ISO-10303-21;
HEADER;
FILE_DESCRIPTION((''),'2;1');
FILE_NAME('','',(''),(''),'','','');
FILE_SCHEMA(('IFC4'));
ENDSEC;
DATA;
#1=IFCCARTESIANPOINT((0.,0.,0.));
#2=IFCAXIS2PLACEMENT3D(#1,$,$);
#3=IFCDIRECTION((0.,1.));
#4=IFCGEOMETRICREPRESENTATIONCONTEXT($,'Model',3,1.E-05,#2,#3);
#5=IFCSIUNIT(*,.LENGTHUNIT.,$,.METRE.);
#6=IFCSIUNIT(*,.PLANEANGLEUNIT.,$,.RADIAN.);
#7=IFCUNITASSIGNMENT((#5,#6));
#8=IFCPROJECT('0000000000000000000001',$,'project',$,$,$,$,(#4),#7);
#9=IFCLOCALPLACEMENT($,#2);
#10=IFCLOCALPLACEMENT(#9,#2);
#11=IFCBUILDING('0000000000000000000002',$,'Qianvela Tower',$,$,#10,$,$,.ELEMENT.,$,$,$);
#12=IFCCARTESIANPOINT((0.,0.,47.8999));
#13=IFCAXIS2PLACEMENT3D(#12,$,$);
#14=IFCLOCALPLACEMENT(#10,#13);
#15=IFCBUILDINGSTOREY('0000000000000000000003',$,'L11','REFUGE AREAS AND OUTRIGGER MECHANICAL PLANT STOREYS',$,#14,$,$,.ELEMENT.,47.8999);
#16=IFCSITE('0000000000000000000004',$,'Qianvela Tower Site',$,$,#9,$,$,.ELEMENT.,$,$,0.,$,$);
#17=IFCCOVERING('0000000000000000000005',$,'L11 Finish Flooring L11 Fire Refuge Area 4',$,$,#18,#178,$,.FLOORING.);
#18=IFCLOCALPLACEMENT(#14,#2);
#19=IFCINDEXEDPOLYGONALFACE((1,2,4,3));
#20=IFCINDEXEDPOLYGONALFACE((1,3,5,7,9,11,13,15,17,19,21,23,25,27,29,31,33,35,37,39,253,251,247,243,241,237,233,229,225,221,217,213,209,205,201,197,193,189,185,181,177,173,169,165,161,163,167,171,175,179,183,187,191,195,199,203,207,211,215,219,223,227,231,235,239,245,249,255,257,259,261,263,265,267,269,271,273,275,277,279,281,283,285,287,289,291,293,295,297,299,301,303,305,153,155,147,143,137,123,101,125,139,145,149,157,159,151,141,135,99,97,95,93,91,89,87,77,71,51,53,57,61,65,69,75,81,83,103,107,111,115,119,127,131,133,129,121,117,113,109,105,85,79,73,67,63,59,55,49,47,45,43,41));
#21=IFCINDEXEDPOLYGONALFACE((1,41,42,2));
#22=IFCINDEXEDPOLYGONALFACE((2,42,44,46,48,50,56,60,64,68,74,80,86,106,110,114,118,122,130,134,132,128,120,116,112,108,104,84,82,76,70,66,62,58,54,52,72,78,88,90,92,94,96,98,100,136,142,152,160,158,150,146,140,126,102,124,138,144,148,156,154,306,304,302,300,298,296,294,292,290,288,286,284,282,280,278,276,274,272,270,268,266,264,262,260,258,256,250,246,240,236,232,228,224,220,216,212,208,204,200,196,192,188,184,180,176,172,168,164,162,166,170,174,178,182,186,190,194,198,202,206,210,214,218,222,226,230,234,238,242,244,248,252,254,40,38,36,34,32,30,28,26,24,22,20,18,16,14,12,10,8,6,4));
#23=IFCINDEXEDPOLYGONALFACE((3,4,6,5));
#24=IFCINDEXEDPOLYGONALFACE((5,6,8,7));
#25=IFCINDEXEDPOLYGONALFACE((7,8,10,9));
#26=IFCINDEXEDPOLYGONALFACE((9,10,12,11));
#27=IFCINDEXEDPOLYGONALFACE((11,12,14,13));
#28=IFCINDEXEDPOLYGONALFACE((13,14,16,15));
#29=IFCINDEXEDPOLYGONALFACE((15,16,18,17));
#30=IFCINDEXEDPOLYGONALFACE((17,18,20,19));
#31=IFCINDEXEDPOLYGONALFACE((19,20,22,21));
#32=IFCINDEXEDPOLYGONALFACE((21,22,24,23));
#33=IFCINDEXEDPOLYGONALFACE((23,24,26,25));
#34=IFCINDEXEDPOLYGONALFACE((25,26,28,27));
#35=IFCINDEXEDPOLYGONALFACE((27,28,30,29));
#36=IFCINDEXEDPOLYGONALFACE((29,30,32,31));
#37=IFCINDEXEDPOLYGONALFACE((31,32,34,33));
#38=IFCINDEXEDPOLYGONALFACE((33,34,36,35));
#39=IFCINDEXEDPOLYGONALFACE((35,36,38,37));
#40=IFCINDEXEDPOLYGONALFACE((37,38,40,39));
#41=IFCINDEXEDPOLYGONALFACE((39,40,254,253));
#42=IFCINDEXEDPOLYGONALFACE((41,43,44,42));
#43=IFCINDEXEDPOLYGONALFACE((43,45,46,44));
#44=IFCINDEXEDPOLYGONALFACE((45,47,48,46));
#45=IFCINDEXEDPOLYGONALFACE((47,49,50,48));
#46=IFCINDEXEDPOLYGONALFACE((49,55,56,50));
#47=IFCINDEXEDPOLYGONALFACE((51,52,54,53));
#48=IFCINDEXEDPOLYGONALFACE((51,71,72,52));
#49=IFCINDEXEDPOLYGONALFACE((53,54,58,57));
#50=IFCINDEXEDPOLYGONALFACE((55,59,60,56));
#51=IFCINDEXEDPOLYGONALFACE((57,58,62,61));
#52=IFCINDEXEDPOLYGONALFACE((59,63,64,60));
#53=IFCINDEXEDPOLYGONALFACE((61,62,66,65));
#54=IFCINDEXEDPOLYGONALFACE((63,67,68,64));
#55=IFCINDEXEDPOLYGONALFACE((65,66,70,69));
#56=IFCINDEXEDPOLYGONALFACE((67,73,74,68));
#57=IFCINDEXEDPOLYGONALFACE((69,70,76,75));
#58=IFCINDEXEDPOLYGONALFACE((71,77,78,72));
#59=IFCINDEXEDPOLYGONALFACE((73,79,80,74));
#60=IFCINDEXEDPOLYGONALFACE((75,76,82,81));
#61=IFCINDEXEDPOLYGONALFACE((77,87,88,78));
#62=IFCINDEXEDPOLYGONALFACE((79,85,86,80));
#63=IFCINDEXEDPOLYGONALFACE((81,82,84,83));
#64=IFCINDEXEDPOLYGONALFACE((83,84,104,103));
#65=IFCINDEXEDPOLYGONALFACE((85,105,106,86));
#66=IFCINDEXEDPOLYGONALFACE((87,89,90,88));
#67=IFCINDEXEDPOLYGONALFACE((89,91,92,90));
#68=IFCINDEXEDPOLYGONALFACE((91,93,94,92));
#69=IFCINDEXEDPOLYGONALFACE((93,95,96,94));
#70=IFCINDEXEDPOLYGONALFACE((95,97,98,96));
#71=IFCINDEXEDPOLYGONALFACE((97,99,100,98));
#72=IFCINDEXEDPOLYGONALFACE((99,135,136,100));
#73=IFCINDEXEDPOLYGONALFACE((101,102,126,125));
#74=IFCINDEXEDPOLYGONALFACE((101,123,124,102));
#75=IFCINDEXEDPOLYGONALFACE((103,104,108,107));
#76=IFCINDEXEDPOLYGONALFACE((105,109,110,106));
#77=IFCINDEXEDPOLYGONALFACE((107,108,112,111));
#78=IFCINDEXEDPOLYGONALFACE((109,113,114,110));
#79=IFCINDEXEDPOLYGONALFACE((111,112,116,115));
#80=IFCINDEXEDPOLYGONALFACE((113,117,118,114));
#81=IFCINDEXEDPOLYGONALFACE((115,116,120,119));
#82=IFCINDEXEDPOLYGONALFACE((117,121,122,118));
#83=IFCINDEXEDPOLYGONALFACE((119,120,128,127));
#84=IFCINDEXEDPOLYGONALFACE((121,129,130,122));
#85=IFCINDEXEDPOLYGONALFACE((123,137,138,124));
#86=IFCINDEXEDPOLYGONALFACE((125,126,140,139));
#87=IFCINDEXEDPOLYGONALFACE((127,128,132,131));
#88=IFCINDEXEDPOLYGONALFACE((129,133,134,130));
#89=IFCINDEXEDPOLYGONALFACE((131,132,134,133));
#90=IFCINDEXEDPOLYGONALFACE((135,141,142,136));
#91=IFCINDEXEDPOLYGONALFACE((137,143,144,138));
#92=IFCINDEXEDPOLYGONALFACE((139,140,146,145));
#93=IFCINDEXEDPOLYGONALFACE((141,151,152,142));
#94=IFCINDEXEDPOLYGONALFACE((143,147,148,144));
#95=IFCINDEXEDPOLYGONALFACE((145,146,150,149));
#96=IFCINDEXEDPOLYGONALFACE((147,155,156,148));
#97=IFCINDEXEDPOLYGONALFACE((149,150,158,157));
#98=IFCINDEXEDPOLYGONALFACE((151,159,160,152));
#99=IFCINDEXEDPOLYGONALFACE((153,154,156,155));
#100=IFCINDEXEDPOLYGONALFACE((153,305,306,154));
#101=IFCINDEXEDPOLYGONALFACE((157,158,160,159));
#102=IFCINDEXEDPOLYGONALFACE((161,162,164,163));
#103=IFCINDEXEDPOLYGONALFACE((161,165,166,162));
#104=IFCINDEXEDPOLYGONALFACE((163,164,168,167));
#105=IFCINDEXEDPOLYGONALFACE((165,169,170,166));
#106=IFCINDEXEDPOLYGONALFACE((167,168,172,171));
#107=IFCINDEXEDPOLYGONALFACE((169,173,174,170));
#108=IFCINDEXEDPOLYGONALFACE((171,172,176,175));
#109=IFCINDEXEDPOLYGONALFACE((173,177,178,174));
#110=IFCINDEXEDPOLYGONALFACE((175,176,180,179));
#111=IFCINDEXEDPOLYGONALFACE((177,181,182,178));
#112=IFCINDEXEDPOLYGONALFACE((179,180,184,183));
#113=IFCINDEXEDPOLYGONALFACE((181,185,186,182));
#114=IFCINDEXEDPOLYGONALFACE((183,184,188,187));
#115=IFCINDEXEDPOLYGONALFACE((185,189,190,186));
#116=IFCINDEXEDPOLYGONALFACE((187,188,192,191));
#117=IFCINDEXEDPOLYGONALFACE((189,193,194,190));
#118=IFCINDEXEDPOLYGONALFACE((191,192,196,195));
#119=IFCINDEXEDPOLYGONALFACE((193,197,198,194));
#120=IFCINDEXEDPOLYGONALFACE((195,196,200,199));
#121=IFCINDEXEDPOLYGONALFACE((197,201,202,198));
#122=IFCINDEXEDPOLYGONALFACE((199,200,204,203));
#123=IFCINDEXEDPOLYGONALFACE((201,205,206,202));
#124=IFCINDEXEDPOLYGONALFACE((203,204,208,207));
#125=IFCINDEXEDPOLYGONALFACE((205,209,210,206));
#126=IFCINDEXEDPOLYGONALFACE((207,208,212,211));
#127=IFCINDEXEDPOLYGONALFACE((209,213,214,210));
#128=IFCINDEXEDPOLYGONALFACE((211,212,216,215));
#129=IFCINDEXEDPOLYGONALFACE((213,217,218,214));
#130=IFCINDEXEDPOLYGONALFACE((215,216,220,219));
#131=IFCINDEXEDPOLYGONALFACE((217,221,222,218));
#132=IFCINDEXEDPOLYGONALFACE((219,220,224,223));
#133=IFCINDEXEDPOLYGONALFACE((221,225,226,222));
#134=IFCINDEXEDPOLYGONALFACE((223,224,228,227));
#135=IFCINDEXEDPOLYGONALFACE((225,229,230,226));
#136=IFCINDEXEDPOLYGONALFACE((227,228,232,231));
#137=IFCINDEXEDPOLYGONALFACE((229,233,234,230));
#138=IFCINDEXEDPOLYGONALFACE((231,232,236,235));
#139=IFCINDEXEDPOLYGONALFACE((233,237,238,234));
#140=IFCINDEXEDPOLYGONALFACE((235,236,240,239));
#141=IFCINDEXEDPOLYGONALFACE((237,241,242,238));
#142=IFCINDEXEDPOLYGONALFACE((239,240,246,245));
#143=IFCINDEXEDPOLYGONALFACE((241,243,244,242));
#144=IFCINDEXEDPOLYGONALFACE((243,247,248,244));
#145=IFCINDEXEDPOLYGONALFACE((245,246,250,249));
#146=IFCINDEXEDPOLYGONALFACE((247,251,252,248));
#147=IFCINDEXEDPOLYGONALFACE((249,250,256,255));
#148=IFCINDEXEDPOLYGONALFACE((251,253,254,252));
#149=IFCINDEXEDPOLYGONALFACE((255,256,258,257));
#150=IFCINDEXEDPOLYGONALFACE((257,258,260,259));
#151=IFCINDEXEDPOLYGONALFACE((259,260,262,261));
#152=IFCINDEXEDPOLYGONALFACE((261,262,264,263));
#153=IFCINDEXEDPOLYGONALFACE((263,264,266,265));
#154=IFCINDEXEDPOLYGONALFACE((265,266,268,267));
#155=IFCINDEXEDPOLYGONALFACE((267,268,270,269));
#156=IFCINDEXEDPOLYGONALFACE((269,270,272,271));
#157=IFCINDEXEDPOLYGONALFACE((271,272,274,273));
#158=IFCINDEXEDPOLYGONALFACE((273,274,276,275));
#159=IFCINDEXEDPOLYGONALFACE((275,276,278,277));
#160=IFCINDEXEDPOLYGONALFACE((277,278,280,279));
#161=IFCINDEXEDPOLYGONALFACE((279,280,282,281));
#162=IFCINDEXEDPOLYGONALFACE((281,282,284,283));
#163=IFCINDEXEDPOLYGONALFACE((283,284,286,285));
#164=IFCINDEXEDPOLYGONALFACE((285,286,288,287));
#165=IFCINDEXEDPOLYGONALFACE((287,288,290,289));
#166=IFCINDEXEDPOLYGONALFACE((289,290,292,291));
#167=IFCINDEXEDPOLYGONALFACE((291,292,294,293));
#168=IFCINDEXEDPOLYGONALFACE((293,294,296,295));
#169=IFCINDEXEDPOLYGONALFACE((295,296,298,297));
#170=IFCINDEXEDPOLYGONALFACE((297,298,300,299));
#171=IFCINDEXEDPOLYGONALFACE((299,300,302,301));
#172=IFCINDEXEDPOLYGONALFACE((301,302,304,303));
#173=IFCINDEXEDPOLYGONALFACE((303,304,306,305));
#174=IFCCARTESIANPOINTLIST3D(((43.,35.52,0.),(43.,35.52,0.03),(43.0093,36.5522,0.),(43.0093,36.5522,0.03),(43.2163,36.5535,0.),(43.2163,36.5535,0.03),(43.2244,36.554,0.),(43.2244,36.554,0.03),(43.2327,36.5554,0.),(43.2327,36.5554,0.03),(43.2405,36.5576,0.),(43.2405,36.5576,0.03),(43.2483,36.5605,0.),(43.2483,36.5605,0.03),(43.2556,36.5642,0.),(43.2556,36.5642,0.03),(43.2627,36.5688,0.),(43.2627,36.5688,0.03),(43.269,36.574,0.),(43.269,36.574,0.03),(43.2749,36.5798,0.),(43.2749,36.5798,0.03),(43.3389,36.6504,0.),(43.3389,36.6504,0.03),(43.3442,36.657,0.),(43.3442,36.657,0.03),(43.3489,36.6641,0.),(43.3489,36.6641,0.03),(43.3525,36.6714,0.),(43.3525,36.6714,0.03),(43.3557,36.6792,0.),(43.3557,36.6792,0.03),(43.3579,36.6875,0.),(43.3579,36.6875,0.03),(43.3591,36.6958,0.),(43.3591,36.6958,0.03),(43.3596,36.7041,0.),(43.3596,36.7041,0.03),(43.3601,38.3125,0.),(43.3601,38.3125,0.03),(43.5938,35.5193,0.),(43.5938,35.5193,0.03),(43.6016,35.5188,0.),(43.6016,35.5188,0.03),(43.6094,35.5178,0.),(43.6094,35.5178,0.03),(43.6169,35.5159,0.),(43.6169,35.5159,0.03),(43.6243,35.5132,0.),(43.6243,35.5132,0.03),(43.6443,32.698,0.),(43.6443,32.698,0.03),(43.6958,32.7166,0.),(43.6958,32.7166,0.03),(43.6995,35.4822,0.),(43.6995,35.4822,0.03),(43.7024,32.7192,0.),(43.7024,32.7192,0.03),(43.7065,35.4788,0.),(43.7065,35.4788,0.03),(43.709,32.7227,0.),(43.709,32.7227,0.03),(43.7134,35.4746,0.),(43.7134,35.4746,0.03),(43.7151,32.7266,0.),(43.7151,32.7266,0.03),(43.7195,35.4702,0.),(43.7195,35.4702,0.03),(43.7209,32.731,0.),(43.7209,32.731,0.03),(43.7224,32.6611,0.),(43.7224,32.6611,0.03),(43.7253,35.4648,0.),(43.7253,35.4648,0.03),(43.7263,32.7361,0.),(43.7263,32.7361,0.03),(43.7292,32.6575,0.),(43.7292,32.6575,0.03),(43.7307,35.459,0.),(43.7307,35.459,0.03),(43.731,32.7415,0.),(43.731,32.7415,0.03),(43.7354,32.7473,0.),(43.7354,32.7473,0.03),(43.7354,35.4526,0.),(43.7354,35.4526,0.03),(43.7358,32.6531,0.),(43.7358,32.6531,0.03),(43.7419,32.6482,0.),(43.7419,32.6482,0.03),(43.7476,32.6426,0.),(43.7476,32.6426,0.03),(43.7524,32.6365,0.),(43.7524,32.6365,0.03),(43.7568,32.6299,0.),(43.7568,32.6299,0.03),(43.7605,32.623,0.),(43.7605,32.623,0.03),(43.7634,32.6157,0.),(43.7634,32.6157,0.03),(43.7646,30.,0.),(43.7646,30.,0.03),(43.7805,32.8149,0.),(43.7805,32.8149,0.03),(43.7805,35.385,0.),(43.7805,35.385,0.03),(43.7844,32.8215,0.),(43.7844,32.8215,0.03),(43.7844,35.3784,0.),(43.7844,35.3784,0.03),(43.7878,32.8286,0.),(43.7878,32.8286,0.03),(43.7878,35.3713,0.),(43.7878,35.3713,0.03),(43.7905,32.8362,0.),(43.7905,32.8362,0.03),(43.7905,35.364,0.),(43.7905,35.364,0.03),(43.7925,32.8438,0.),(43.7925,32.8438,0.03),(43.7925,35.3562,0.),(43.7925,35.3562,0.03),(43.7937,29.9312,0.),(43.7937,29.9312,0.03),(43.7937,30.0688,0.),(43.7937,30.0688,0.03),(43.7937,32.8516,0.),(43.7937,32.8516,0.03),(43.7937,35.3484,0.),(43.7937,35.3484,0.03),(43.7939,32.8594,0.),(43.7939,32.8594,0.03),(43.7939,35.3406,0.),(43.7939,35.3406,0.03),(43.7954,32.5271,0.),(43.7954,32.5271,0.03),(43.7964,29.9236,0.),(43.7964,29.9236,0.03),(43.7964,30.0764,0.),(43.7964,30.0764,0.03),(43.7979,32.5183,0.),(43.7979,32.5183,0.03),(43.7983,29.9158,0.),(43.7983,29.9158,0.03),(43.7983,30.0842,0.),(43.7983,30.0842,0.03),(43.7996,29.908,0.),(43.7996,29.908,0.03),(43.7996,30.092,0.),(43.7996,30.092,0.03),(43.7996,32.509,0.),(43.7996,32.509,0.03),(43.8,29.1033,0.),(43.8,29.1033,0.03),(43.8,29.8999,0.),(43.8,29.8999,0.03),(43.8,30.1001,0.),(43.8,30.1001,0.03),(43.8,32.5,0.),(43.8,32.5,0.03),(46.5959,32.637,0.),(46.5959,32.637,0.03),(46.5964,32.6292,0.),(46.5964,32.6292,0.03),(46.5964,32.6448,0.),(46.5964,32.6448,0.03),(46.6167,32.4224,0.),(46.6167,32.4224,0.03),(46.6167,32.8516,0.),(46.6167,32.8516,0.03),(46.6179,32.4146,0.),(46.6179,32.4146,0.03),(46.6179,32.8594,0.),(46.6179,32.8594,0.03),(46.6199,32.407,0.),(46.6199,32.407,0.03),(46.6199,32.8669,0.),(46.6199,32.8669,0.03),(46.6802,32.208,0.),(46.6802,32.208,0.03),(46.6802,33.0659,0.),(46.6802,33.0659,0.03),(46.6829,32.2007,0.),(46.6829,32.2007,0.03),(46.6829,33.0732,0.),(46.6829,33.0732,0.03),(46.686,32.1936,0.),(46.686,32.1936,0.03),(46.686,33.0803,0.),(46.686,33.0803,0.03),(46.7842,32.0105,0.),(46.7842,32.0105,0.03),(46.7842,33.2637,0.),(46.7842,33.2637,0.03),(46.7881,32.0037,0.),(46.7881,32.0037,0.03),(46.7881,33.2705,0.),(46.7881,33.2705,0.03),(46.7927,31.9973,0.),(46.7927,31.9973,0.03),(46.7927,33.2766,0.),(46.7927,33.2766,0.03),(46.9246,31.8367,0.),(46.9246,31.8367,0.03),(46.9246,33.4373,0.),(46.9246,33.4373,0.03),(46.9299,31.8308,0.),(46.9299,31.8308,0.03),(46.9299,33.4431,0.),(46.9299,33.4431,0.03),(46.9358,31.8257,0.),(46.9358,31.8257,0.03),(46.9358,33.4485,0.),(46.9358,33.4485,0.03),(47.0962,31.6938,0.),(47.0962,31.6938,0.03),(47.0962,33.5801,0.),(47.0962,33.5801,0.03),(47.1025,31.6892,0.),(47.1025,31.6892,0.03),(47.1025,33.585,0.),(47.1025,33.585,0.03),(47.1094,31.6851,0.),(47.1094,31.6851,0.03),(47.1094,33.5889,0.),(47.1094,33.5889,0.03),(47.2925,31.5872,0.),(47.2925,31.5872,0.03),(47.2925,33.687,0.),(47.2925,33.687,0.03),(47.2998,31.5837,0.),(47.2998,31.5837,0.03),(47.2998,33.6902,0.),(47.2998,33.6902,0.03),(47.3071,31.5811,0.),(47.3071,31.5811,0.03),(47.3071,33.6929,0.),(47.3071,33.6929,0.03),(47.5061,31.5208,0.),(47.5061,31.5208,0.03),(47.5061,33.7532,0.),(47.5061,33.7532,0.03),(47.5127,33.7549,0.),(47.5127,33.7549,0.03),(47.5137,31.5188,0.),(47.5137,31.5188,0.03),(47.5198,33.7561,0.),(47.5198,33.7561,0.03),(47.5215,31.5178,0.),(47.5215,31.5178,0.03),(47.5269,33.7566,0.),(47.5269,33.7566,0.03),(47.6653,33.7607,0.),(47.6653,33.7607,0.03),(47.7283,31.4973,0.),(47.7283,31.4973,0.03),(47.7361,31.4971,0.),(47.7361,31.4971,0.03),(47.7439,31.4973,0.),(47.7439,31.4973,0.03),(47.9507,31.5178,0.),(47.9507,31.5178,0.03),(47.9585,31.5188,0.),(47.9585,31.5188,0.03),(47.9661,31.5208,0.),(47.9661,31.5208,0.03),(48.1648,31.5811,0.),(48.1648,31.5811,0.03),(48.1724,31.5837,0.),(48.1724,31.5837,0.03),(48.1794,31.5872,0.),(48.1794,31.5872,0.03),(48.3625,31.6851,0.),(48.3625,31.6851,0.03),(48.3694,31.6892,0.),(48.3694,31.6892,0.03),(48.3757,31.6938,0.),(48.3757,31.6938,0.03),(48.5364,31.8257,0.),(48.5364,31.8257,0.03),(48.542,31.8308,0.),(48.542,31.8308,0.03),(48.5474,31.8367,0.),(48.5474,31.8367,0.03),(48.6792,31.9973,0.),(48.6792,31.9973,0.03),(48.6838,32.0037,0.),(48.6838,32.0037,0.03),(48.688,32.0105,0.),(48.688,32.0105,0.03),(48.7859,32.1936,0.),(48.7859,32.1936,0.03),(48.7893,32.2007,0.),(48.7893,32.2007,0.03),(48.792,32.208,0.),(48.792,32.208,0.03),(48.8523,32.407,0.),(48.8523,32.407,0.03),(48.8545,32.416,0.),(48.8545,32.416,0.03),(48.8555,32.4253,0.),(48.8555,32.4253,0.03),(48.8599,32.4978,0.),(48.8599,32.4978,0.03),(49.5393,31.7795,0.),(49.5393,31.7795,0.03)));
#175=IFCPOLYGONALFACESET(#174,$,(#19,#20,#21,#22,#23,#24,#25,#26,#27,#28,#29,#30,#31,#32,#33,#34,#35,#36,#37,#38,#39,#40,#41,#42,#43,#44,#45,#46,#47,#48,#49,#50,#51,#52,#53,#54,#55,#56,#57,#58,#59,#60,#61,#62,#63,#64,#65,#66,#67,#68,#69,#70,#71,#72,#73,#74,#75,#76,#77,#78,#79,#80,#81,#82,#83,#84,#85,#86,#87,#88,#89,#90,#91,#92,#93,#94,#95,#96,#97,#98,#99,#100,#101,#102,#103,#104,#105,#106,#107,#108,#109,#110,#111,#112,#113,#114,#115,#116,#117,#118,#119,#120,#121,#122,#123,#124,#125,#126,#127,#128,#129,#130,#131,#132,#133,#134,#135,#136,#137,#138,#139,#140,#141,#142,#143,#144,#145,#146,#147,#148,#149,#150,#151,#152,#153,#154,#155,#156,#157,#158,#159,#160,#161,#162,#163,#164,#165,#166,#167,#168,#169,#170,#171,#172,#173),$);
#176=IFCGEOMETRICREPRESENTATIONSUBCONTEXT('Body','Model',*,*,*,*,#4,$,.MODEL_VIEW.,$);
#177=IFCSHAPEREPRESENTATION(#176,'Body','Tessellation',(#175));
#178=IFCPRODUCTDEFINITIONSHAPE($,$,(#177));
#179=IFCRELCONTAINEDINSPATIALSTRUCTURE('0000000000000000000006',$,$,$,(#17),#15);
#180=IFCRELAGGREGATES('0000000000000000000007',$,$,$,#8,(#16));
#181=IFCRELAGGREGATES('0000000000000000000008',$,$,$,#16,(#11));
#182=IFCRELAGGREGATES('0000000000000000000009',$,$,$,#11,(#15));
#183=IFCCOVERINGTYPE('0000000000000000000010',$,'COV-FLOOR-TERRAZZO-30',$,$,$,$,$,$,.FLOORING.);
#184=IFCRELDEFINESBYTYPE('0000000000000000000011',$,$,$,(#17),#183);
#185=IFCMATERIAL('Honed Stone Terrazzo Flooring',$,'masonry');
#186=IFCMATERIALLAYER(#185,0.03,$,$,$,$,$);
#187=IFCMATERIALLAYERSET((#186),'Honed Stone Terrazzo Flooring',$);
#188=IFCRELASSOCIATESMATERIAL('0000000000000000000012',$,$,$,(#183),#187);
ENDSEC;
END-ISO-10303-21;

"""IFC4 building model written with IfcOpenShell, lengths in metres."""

from ifc_helpers import new_model, si_unit, direction, frame, origin, place, context, subcontext, project, spatial, polyline, outline, extrude, material, layer, layer_set, type_object, element, save


model = new_model("IFC4")

# Units and contexts
model_context = context("Model", 3, precision=1e-05, world=origin(), true_north=direction((0.0, 1.0)))
body_context = subcontext(model_context, "Body", "Model", "MODEL_VIEW")
ifc_project = project(units=[si_unit("LENGTHUNIT", "METRE"), si_unit("PLANEANGLEUNIT", "RADIAN")], contexts=[model_context])

# Site, building, storey
site_placement = place(None, origin())
site = spatial("IfcSite", under=ifc_project, at=site_placement, Name="Qianvela Tower Site", CompositionType="ELEMENT", RefElevation=0.0)
building_placement = place(site_placement, origin())
building = spatial("IfcBuilding", under=site, at=building_placement, Name="Qianvela Tower", CompositionType="ELEMENT")
storey_placement = place(building_placement, frame((0.0, 0.0, 47.8999)))
storey = spatial("IfcBuildingStorey", under=building, at=storey_placement, Name="L11", Description="REFUGE AREAS AND OUTRIGGER MECHANICAL PLANT STOREYS", CompositionType="ELEMENT", Elevation=47.8999)

# Covering
ifc_material_1 = material(Name="Honed Stone Terrazzo Flooring", Category="masonry")
ifc_layer_1 = layer(ifc_material_1, 0.03)
ifc_layer_set_1 = layer_set([ifc_layer_1], Name="Honed Stone Terrazzo Flooring")
covering_type_1 = type_object("IfcCoveringType", Name="COV-FLOOR-TERRAZZO-30", PredefinedType="FLOORING", material=ifc_layer_set_1)
covering_1_placement = place(storey_placement, origin())
element("IfcCovering", 1, at=covering_1_placement, inside=storey, type_object=covering_type_1, Name="L11 Finish Flooring L11 Fire Refuge Area 4", PredefinedType="FLOORING", context=body_context, shape_type="SweptSolid", body=[
    extrude(outline(polyline([(43.6443, 32.698), (43.6958, 32.7166), (43.7024, 32.7192), (43.709, 32.7227), (43.7151, 32.7266), (43.7209, 32.731), (43.7263, 32.7361), (43.731, 32.7415), (43.7354, 32.7473), (43.7805, 32.8149), (43.7844, 32.8215), (43.7878, 32.8286), (43.7905, 32.8362), (43.7925, 32.8438), (43.7937, 32.8516), (43.7939, 32.8594), (43.7939, 35.3406), (43.7937, 35.3484), (43.7925, 35.3562), (43.7905, 35.364), (43.7878, 35.3713), (43.7844, 35.3784), (43.7805, 35.385), (43.7354, 35.4526), (43.7307, 35.459), (43.7253, 35.4648), (43.7195, 35.4702), (43.7134, 35.4746), (43.7065, 35.4788), (43.6995, 35.4822), (43.6243, 35.5132), (43.6169, 35.5159), (43.6094, 35.5178), (43.6016, 35.5188), (43.5938, 35.5193), (43.0, 35.52), (43.0093, 36.5522), (43.2163, 36.5535), (43.2244, 36.554), (43.2327, 36.5554), (43.2405, 36.5576), (43.2483, 36.5605), (43.2556, 36.5642), (43.2627, 36.5688), (43.269, 36.574), (43.2749, 36.5798), (43.3389, 36.6504), (43.3442, 36.657), (43.3489, 36.6641), (43.3525, 36.6714), (43.3557, 36.6792), (43.3579, 36.6875), (43.3591, 36.6958), (43.3596, 36.7041), (43.3601, 38.3125), (47.6653, 33.7607), (47.5269, 33.7566), (47.5198, 33.7561), (47.5127, 33.7549), (47.5061, 33.7532), (47.3071, 33.6929), (47.2998, 33.6902), (47.2925, 33.687), (47.1094, 33.5889), (47.1025, 33.585), (47.0962, 33.5801), (46.9358, 33.4485), (46.9299, 33.4431), (46.9246, 33.4373), (46.7927, 33.2766), (46.7881, 33.2705), (46.7842, 33.2637), (46.686, 33.0803), (46.6829, 33.0732), (46.6802, 33.0659), (46.6199, 32.8669), (46.6179, 32.8594), (46.6167, 32.8516), (46.5964, 32.6448), (46.5959, 32.637), (46.5964, 32.6292), (46.6167, 32.4224), (46.6179, 32.4146), (46.6199, 32.407), (46.6802, 32.208), (46.6829, 32.2007), (46.686, 32.1936), (46.7842, 32.0105), (46.7881, 32.0037), (46.7927, 31.9973), (46.9246, 31.8367), (46.9299, 31.8308), (46.9358, 31.8257), (47.0962, 31.6938), (47.1025, 31.6892), (47.1094, 31.6851), (47.2925, 31.5872), (47.2998, 31.5837), (47.3071, 31.5811), (47.5061, 31.5208), (47.5137, 31.5188), (47.5215, 31.5178), (47.7283, 31.4973), (47.7361, 31.4971), (47.7439, 31.4973), (47.9507, 31.5178), (47.9585, 31.5188), (47.9661, 31.5208), (48.1648, 31.5811), (48.1724, 31.5837), (48.1794, 31.5872), (48.3625, 31.6851), (48.3694, 31.6892), (48.3757, 31.6938), (48.5364, 31.8257), (48.542, 31.8308), (48.5474, 31.8367), (48.6792, 31.9973), (48.6838, 32.0037), (48.688, 32.0105), (48.7859, 32.1936), (48.7893, 32.2007), (48.792, 32.208), (48.8523, 32.407), (48.8545, 32.416), (48.8555, 32.4253), (48.8599, 32.4978), (49.5393, 31.7795), (43.8, 29.1033), (43.8, 29.8999), (43.7996, 29.908), (43.7983, 29.9158), (43.7964, 29.9236), (43.7937, 29.9312), (43.7646, 30.0), (43.7937, 30.0688), (43.7964, 30.0764), (43.7983, 30.0842), (43.7996, 30.092), (43.8, 30.1001), (43.8, 32.5), (43.7996, 32.509), (43.7979, 32.5183), (43.7954, 32.5271), (43.7634, 32.6157), (43.7605, 32.623), (43.7568, 32.6299), (43.7524, 32.6365), (43.7476, 32.6426), (43.7419, 32.6482), (43.7358, 32.6531), (43.7292, 32.6575), (43.7224, 32.6611), (43.6443, 32.698)])), origin(), (0.0, 0.0, 1.0), 0.03),
])

save(model, "model.ifc")
